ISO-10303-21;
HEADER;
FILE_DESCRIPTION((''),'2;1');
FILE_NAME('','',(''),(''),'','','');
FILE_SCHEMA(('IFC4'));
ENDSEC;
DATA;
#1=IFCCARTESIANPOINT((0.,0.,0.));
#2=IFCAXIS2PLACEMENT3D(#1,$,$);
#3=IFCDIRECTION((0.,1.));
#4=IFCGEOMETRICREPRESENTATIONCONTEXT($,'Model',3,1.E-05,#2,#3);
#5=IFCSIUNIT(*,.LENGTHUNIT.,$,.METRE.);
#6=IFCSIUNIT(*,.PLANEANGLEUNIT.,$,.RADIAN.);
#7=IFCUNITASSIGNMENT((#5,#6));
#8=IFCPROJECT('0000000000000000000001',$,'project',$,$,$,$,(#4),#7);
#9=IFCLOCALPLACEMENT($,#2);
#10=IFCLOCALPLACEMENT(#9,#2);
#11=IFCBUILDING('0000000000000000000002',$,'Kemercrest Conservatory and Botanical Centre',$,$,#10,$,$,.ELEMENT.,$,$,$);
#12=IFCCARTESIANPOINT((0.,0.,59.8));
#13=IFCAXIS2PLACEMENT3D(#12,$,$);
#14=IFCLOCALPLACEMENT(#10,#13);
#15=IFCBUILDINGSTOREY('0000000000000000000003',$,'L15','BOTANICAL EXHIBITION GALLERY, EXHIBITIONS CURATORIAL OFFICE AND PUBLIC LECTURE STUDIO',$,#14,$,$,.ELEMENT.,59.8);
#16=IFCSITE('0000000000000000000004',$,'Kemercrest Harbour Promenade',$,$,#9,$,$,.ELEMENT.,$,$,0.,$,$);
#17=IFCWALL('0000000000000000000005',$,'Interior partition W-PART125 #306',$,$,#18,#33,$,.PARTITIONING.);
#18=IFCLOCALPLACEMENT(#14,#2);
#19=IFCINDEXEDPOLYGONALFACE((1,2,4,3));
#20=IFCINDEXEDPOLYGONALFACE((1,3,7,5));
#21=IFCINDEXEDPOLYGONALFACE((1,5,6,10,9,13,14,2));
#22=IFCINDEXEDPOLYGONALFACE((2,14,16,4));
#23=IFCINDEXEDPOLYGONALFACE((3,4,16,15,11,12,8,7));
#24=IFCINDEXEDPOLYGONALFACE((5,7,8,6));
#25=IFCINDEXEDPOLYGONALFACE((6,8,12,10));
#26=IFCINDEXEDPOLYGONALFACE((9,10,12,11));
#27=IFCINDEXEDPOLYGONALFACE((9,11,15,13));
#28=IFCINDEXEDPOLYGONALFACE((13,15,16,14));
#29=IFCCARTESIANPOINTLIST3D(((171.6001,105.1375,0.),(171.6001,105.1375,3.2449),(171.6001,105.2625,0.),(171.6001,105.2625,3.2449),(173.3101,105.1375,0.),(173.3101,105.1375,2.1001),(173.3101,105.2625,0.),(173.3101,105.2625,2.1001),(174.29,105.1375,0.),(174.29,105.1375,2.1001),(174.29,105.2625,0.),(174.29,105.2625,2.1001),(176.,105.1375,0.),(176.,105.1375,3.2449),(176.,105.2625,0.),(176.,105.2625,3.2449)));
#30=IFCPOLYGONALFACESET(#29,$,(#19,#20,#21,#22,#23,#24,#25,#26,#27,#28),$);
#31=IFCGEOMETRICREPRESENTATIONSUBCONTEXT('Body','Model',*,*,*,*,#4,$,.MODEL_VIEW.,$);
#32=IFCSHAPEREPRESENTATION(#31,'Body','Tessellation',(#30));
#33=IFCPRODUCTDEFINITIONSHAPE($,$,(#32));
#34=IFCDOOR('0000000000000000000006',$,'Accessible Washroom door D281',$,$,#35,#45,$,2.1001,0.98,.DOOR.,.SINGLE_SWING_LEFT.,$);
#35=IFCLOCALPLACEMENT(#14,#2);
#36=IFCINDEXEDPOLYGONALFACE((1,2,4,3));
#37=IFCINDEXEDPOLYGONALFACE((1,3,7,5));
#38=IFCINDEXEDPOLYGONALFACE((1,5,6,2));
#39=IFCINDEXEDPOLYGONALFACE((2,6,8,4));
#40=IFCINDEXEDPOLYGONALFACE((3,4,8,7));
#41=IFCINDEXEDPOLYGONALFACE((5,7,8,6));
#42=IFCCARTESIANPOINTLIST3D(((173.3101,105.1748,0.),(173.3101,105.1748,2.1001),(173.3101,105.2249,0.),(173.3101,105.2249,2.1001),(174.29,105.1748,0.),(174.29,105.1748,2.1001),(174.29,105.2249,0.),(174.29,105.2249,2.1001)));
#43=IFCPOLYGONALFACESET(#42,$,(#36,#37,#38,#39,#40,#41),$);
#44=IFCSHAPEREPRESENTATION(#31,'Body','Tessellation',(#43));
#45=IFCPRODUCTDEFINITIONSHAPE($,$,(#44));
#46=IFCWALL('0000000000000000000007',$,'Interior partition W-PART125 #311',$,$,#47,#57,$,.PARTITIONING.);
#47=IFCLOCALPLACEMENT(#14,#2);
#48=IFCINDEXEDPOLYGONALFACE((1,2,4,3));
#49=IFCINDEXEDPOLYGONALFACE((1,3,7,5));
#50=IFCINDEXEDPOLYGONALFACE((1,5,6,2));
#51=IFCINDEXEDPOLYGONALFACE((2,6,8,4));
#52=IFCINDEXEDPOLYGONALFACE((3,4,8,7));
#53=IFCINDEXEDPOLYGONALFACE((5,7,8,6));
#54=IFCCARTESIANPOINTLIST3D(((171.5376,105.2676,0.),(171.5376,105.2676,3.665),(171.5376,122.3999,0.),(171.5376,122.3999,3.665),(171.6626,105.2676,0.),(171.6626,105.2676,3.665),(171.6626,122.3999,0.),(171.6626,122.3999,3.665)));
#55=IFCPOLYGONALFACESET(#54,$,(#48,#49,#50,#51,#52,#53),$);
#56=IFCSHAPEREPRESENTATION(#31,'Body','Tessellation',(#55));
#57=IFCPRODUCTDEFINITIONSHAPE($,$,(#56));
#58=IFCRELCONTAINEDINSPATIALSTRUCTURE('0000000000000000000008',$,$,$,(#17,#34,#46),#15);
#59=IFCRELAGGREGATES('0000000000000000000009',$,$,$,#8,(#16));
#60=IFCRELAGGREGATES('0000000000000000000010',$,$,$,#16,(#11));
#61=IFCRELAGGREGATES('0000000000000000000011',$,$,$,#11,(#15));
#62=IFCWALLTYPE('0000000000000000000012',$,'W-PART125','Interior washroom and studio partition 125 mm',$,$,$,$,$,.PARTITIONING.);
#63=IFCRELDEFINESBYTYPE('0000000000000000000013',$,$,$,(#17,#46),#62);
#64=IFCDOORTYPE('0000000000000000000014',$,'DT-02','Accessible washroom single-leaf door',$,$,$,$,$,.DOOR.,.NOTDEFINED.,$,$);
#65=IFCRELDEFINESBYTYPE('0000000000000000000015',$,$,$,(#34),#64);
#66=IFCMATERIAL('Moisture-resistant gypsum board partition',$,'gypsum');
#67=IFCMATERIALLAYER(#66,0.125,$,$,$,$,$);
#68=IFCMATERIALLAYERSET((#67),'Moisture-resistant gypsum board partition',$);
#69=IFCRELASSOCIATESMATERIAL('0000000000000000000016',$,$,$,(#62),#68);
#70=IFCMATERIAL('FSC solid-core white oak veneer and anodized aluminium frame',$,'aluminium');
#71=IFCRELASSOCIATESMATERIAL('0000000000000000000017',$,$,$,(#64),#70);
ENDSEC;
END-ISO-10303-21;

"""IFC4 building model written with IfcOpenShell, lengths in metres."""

from ifc_helpers import new_model, si_unit, direction, frame, frame_2d, origin, place, context, subcontext, project, spatial, rectangle, extrude, material, layer, layer_set, type_object, element, fill, save


model = new_model("IFC4")

# Units and contexts
model_context = context("Model", 3, precision=1e-05, world=origin(), true_north=direction((0.0, 1.0)))
body_context = subcontext(model_context, "Body", "Model", "MODEL_VIEW")
ifc_project = project(units=[si_unit("LENGTHUNIT", "METRE"), si_unit("PLANEANGLEUNIT", "RADIAN")], contexts=[model_context])

# Site, building, storey
site_placement = place(None, origin())
site = spatial("IfcSite", under=ifc_project, at=site_placement, Name="Kemercrest Harbour Promenade", CompositionType="ELEMENT", RefElevation=0.0)
building_placement = place(site_placement, origin())
building = spatial("IfcBuilding", under=site, at=building_placement, Name="Kemercrest Conservatory and Botanical Centre", CompositionType="ELEMENT")
storey_placement = place(building_placement, frame((0.0, 0.0, 59.8)))
storey = spatial("IfcBuildingStorey", under=building, at=storey_placement, Name="L15", Description="BOTANICAL EXHIBITION GALLERY, EXHIBITIONS CURATORIAL OFFICE AND PUBLIC LECTURE STUDIO", CompositionType="ELEMENT", Elevation=59.8)

# Wall, opening, door
ifc_material_1 = material(Name="Moisture-resistant gypsum board partition", Category="gypsum")
ifc_layer_1 = layer(ifc_material_1, 0.125)
ifc_layer_set_1 = layer_set([ifc_layer_1], Name="Moisture-resistant gypsum board partition")
wall_type = type_object("IfcWallType", Name="W-PART125", Description="Interior washroom and studio partition 125 mm", PredefinedType="PARTITIONING", material=ifc_layer_set_1)
wall_1_placement = place(storey_placement, frame((171.6001, 105.2, 0.0), z_axis=(0.0, 0.0, 1.0), x_axis=(1.0, 0.0, 0.0)))
wall_1 = element("IfcWall", 1, at=wall_1_placement, inside=storey, type_object=wall_type, Name="Interior partition W-PART125 #306", PredefinedType="PARTITIONING", context=body_context, shape_type="SweptSolid", body=[
    extrude(rectangle(XDim=4.3999, YDim=0.125, at=frame_2d((2.2, 0.0))), origin(), (0.0, 0.0, 1.0), 3.2449),
])
opening_placement = place(wall_1_placement, frame((1.71, 0.0, 0.0)))
opening = element("IfcOpeningElement", 2, at=opening_placement, cuts=wall_1, PredefinedType="OPENING", context=body_context, shape_type="SweptSolid", body=[
    extrude(rectangle(XDim=0.98, YDim=2.1001, at=frame_2d((0.49, 1.05))), frame((0.0, 0.0725, 0.0), z_axis=(0.0, -1.0, 0.0), x_axis=(1.0, 0.0, 0.0)), (0.0, 0.0, 1.0), 0.145),
])
ifc_material_2 = material(Name="FSC solid-core white oak veneer and anodized aluminium frame", Category="aluminium")
door_type = type_object("IfcDoorType", Name="DT-02", Description="Accessible washroom single-leaf door", OperationType="NOTDEFINED", PredefinedType="DOOR", material=ifc_material_2)
door_placement = place(opening_placement, origin())
door = element("IfcDoor", 3, at=door_placement, inside=storey, type_object=door_type, Name="Accessible Washroom door D281", OperationType="SINGLE_SWING_LEFT", OverallHeight=2.1001, OverallWidth=0.98, PredefinedType="DOOR", context=body_context, shape_type="SweptSolid", body=[
    extrude(rectangle(XDim=0.98, YDim=2.1001, at=frame_2d((0.49, 1.05))), frame((0.0, 0.0249, 0.0), z_axis=(0.0, -1.0, 0.0), x_axis=(1.0, 0.0, 0.0)), (0.0, 0.0, 1.0), 0.05),
])
fill(opening, door)

# Wall
wall_2_placement = place(storey_placement, frame((171.6001, 105.2676, 0.0), z_axis=(0.0, 0.0, 1.0), x_axis=(0.0, 1.0, 0.0)))
element("IfcWall", 4, at=wall_2_placement, inside=storey, type_object=wall_type, Name="Interior partition W-PART125 #311", PredefinedType="PARTITIONING", context=body_context, shape_type="SweptSolid", body=[
    extrude(rectangle(XDim=17.1323, YDim=0.125, at=frame_2d((8.5662, 0.0))), origin(), (0.0, 0.0, 1.0), 3.665),
])

save(model, "model.ifc")
